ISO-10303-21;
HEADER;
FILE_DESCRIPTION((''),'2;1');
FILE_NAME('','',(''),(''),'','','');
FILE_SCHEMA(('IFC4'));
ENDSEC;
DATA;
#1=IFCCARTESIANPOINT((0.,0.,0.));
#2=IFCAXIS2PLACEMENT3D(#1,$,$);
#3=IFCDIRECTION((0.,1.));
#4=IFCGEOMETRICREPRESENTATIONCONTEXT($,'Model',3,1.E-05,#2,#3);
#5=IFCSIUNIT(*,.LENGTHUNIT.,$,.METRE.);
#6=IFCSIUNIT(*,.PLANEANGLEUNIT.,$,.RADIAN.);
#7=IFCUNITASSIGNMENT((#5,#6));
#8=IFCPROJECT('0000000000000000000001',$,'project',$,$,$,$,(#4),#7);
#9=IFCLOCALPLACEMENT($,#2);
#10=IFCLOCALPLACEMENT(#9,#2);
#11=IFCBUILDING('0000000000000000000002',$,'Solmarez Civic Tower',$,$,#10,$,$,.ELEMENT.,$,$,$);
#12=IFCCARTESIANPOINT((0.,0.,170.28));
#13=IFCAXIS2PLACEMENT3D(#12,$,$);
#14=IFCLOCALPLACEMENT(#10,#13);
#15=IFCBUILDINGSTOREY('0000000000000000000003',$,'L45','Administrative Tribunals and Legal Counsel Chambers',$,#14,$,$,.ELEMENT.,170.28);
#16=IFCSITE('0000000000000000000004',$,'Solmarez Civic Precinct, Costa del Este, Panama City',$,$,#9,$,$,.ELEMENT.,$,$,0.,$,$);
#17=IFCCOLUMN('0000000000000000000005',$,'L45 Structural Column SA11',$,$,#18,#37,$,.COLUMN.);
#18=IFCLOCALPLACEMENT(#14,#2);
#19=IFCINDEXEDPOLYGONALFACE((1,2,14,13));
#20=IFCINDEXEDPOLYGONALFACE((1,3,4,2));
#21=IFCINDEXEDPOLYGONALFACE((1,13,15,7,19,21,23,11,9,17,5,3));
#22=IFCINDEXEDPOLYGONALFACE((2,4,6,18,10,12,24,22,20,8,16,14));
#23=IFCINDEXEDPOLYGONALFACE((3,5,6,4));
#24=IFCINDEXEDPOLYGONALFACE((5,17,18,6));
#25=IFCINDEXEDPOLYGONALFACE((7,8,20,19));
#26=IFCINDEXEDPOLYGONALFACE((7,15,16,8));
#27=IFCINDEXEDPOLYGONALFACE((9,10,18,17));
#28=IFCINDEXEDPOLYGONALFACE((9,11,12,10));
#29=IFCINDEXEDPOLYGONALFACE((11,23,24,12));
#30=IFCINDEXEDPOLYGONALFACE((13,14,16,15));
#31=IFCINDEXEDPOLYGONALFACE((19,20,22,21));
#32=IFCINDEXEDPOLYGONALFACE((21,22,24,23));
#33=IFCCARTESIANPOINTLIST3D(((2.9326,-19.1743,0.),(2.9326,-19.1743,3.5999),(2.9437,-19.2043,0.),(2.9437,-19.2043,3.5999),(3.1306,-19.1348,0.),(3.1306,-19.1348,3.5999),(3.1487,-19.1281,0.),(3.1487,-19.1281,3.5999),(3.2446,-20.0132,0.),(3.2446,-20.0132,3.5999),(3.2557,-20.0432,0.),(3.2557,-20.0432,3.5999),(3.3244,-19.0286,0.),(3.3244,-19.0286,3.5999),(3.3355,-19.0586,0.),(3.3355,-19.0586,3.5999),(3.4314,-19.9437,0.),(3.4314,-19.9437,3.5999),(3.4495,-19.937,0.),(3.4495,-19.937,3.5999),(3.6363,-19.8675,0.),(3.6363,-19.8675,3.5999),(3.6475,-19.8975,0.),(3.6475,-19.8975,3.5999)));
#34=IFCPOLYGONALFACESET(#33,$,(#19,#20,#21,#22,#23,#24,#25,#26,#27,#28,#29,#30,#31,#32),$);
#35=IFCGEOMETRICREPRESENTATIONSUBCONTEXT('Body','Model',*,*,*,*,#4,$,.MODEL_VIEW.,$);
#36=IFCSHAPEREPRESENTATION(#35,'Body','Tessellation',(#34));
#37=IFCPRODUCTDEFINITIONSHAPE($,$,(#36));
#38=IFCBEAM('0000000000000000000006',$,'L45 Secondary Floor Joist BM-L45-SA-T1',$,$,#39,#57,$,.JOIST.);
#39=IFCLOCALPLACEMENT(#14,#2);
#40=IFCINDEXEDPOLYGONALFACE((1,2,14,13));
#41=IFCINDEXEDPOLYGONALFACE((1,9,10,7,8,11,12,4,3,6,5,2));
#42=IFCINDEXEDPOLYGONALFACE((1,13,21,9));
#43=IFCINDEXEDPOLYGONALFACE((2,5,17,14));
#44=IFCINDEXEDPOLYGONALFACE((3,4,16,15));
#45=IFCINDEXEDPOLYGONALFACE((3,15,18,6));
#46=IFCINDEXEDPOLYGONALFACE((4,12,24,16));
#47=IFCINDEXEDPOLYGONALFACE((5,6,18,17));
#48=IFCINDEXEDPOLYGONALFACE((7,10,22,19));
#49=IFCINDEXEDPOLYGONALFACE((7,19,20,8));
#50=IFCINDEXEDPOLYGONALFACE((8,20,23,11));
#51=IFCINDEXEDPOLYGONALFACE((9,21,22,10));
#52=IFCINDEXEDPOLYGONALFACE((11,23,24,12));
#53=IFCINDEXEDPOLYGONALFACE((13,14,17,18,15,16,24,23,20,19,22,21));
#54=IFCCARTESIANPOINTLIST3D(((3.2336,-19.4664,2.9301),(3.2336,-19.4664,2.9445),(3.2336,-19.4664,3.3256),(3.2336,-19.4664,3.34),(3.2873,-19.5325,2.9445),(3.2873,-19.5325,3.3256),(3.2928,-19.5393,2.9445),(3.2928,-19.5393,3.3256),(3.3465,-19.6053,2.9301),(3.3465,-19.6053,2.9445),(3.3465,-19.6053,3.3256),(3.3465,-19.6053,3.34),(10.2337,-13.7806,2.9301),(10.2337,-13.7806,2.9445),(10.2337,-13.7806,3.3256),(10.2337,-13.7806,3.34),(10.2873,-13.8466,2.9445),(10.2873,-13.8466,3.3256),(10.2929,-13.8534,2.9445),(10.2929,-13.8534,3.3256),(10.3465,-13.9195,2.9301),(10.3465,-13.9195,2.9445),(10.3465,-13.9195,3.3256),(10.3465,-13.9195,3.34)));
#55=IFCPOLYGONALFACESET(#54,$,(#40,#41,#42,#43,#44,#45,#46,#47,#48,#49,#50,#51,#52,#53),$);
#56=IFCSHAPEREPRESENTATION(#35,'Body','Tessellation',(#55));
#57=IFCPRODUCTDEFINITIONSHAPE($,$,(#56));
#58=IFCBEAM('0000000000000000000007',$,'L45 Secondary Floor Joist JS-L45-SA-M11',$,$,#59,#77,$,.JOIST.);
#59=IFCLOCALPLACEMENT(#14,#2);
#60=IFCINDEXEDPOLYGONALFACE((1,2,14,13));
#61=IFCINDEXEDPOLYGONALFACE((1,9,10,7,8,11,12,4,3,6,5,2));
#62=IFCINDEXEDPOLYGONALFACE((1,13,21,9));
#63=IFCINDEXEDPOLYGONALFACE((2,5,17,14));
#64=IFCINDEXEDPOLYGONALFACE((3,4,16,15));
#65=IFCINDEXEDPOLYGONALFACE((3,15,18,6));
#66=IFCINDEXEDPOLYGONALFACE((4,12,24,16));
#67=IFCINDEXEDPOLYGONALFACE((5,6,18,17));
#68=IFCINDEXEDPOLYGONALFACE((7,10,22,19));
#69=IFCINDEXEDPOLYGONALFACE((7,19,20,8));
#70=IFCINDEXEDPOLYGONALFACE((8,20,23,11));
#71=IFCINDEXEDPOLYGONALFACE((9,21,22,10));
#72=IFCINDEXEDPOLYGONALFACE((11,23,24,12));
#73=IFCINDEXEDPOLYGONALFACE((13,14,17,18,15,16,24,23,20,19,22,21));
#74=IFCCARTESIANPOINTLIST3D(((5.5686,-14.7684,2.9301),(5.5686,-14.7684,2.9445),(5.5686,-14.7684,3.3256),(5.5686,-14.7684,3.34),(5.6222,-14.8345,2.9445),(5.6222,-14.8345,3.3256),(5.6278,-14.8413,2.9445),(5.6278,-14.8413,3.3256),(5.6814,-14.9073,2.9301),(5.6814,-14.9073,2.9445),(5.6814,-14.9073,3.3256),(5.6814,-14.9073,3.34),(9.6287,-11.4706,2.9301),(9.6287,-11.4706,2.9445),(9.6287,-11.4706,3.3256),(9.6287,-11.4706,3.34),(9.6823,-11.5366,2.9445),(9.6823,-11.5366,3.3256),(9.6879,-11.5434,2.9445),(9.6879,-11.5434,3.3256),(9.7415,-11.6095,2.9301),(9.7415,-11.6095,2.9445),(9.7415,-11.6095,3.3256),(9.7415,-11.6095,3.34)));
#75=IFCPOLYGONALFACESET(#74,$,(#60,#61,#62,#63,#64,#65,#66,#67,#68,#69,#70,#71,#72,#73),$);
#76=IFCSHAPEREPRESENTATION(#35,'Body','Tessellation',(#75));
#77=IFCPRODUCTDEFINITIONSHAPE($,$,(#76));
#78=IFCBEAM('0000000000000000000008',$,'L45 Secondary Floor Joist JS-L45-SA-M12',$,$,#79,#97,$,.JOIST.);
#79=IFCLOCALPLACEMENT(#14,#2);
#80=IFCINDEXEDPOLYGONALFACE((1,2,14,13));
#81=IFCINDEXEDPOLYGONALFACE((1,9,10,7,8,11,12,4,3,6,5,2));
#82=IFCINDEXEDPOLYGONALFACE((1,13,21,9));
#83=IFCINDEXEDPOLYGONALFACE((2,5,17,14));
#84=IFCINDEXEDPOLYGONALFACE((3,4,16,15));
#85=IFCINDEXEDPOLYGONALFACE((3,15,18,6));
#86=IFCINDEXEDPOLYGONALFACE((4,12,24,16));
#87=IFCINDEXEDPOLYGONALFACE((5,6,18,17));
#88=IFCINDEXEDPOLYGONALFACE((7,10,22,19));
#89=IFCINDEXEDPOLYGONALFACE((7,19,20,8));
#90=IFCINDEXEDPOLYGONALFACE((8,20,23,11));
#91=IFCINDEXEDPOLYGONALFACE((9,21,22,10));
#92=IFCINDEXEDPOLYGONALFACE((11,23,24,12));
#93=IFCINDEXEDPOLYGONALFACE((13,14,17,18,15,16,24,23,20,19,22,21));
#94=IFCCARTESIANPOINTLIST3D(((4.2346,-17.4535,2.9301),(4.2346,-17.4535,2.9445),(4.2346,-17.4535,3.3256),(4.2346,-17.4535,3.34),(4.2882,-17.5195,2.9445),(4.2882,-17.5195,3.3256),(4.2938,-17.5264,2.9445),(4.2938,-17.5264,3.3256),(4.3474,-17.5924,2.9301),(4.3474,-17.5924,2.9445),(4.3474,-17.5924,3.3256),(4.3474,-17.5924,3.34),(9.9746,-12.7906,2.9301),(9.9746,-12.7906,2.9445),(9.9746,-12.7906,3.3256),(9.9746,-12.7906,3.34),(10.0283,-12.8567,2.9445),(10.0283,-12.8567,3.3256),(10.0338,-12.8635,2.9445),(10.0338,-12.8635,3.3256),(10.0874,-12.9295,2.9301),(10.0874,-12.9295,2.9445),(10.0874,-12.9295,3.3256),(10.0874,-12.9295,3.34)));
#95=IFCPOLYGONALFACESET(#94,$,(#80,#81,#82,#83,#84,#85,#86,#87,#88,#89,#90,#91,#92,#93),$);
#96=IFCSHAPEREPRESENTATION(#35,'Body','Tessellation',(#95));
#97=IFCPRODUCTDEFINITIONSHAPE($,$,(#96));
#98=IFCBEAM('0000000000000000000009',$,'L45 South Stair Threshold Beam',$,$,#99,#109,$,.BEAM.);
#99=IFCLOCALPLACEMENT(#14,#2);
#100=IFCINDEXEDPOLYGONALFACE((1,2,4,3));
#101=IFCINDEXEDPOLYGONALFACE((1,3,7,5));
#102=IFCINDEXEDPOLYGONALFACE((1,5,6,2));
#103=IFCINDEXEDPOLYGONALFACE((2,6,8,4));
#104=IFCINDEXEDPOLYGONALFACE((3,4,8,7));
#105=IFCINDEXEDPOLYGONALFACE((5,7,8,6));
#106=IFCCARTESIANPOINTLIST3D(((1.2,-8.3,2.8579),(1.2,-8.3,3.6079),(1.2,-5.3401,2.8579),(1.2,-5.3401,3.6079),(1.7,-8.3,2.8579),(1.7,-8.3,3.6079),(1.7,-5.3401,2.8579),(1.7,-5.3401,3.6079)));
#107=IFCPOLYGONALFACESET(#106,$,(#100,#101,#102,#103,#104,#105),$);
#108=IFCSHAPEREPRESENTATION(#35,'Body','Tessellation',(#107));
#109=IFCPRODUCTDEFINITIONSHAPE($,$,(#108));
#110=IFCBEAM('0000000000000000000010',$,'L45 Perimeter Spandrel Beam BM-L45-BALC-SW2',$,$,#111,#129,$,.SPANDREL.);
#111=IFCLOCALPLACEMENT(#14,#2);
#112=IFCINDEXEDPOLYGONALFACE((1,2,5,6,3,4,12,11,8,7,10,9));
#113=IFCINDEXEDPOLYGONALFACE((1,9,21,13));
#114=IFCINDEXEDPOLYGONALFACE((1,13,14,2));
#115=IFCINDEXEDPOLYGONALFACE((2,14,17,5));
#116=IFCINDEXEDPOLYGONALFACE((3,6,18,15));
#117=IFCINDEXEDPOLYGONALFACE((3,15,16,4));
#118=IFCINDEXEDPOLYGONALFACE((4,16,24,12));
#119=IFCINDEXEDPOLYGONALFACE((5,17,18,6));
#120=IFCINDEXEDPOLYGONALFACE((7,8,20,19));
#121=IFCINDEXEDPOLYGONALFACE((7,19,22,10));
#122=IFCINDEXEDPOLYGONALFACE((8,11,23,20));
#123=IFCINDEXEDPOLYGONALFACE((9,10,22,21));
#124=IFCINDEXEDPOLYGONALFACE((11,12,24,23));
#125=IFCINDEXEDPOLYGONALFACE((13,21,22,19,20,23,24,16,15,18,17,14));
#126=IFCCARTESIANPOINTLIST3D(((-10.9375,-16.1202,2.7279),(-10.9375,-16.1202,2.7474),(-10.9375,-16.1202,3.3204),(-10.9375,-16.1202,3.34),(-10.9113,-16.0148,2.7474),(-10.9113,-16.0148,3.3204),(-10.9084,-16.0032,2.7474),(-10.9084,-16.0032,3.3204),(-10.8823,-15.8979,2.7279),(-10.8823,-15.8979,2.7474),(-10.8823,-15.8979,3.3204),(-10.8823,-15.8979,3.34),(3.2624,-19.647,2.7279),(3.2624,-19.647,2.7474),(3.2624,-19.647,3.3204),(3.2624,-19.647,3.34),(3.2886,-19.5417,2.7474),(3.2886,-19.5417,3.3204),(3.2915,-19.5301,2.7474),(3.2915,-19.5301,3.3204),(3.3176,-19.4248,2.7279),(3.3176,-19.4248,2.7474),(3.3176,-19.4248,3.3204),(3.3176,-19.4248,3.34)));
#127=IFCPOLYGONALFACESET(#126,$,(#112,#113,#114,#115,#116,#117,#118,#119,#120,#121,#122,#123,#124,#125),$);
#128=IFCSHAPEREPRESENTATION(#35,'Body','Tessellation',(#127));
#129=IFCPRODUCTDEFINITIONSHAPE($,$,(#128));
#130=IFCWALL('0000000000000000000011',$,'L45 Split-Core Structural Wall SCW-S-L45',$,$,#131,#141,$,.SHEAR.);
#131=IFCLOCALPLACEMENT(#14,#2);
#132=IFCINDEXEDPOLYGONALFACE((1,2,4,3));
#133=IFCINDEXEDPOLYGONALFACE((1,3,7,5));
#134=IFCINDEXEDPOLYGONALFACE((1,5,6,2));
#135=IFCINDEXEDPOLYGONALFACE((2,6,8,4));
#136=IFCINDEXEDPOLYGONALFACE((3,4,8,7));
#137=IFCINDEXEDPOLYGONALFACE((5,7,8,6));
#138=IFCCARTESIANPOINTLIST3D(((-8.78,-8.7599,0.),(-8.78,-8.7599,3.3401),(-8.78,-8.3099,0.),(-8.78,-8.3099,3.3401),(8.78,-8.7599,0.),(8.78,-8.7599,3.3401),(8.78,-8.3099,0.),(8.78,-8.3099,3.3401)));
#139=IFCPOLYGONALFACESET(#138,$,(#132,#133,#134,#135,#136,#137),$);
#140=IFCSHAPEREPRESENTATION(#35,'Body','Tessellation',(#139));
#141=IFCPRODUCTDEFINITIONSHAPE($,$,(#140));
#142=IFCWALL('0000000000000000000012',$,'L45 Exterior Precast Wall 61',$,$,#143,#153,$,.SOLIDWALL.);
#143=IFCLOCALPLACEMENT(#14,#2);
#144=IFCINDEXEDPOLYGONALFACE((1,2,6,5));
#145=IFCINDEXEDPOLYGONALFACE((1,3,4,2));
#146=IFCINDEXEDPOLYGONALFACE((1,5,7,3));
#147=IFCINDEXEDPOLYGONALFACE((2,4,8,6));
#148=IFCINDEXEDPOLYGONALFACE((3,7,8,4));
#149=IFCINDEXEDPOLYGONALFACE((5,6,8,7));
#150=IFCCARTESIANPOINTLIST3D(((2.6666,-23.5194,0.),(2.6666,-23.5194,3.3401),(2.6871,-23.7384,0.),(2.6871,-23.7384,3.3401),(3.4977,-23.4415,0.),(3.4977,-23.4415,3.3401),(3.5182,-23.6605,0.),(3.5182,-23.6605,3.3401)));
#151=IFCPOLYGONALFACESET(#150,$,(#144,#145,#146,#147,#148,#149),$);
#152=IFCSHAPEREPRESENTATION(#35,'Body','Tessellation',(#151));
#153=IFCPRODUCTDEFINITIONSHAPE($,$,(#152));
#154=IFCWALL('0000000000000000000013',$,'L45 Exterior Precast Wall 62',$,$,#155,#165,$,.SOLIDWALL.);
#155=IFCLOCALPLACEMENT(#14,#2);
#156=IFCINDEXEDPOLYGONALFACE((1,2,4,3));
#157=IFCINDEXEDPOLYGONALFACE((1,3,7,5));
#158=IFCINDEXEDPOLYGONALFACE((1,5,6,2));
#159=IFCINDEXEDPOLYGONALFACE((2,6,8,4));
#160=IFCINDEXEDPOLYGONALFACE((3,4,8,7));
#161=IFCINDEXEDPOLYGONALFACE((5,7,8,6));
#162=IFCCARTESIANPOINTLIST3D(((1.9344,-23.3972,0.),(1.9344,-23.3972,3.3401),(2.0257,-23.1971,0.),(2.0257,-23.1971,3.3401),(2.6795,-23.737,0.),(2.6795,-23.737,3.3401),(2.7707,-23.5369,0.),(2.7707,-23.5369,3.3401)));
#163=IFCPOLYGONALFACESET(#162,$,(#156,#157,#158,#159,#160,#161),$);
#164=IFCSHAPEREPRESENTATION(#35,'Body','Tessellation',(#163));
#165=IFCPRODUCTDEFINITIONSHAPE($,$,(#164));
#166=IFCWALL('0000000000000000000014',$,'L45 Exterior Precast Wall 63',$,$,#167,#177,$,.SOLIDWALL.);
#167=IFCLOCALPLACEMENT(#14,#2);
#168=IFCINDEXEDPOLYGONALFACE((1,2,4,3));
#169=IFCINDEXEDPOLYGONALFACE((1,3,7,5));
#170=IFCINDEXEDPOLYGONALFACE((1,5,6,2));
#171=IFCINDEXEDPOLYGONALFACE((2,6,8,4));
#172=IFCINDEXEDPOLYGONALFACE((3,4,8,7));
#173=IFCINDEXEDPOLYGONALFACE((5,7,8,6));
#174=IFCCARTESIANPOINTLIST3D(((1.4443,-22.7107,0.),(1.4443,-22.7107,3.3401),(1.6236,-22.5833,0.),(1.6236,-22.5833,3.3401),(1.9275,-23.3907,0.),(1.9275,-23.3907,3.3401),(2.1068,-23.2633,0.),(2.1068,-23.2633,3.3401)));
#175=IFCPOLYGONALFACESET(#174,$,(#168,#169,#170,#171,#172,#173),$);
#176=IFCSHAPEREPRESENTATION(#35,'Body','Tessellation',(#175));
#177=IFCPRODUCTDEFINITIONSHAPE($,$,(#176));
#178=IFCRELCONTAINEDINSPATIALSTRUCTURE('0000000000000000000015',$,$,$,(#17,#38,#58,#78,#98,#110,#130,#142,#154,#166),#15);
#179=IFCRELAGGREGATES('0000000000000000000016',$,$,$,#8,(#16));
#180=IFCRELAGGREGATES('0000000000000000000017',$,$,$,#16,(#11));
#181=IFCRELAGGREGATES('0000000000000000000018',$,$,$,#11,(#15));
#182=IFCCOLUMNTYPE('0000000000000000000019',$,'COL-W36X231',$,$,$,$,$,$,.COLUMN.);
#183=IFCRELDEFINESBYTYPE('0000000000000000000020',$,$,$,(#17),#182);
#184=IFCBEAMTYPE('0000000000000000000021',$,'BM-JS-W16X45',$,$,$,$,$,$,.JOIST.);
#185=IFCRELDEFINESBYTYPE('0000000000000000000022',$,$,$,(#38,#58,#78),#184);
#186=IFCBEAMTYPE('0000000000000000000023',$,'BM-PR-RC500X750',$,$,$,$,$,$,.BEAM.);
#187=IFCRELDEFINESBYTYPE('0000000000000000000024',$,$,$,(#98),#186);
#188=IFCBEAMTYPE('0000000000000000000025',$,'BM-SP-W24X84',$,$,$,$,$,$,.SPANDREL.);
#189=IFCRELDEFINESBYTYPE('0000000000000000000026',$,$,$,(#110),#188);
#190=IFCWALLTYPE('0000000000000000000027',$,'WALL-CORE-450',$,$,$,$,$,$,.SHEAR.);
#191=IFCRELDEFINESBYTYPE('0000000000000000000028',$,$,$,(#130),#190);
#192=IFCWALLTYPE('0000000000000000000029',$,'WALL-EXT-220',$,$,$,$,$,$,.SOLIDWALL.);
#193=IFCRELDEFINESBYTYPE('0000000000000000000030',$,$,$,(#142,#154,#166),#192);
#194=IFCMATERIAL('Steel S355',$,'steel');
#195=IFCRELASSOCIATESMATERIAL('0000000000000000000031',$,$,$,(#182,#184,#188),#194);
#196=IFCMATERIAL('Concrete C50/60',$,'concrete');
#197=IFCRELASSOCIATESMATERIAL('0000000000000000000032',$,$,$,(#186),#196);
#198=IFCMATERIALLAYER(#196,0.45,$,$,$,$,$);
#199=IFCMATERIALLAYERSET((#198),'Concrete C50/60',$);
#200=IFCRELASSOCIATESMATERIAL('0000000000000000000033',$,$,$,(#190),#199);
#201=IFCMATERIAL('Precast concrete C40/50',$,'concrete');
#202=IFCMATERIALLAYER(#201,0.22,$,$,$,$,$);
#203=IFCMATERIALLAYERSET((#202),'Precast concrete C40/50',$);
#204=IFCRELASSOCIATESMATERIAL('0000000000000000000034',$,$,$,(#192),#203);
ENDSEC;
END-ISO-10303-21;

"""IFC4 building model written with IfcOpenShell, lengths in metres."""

from ifc_helpers import new_model, si_unit, direction, frame, frame_2d, origin, origin_2d, place, context, subcontext, project, spatial, rectangle, i_section, extrude, material, layer, layer_set, material_profile, profile_set, type_object, element, save


model = new_model("IFC4")

# Units and contexts
model_context = context("Model", 3, precision=1e-05, world=origin(), true_north=direction((0.0, 1.0)))
body_context = subcontext(model_context, "Body", "Model", "MODEL_VIEW")
ifc_project = project(units=[si_unit("LENGTHUNIT", "METRE"), si_unit("PLANEANGLEUNIT", "RADIAN")], contexts=[model_context])

# Site, building, storey
site_placement = place(None, origin())
site = spatial("IfcSite", under=ifc_project, at=site_placement, Name="Solmarez Civic Precinct, Costa del Este, Panama City", CompositionType="ELEMENT", RefElevation=0.0)
building_placement = place(site_placement, origin())
building = spatial("IfcBuilding", under=site, at=building_placement, Name="Solmarez Civic Tower", CompositionType="ELEMENT")
storey_placement = place(building_placement, frame((0.0, 0.0, 170.28)))
storey = spatial("IfcBuildingStorey", under=building, at=storey_placement, Name="L45", Description="Administrative Tribunals and Legal Counsel Chambers", CompositionType="ELEMENT", Elevation=170.28)

# Column
ifc_material_1 = material(Name="Steel S355", Category="steel")
ifc_material_profile_1 = material_profile(ifc_material_1, i_section(OverallWidth=0.418, OverallDepth=0.927, WebThickness=0.0193, FlangeThickness=0.032, at=origin_2d()), Name="W36X231")
ifc_profile_set_1 = profile_set([ifc_material_profile_1], Name="Steel S355")
column_type = type_object("IfcColumnType", Name="COL-W36X231", PredefinedType="COLUMN", material=ifc_profile_set_1)
column_placement = place(storey_placement, frame((3.29, -19.5359, 0.0), z_axis=(0.0, 0.0, 1.0), x_axis=(0.937282, 0.348572, 0.0)))
element("IfcColumn", 1, at=column_placement, inside=storey, type_object=column_type, Name="L45 Structural Column SA11", PredefinedType="COLUMN", context=body_context, shape_type="SweptSolid", body=[
    extrude(i_section(OverallWidth=0.418, OverallDepth=0.927, WebThickness=0.0193, FlangeThickness=0.032, at=origin_2d()), origin(), (0.0, 0.0, 1.0), 3.5999),
])

# Beams
ifc_material_profile_2 = material_profile(ifc_material_1, i_section(OverallWidth=0.179, OverallDepth=0.4099, WebThickness=0.0088, FlangeThickness=0.0144, at=origin_2d()), Name="W16X45")
ifc_profile_set_2 = profile_set([ifc_material_profile_2], Name="Steel S355")
beam_type_1 = type_object("IfcBeamType", Name="BM-JS-W16X45", PredefinedType="JOIST", material=ifc_profile_set_2)
beam_1_placement = place(storey_placement, frame((3.29, -19.5359, 3.135), z_axis=(0.776207, 0.630478, 0.0), x_axis=(-0.630478, 0.776207, 0.0)))
element("IfcBeam", 2, at=beam_1_placement, inside=storey, type_object=beam_type_1, Name="L45 Secondary Floor Joist BM-L45-SA-T1", PredefinedType="JOIST", context=body_context, shape_type="SweptSolid", body=[
    extrude(i_section(OverallWidth=0.179, OverallDepth=0.4099, WebThickness=0.0088, FlangeThickness=0.0144, at=origin_2d()), origin(), (0.0, 0.0, 1.0), 9.0183),
])
beam_2_placement = place(storey_placement, frame((5.625, -14.8379, 3.135), z_axis=(0.776203, 0.630484, 0.0), x_axis=(-0.630484, 0.776203, 0.0)))
element("IfcBeam", 3, at=beam_2_placement, inside=storey, type_object=beam_type_1, Name="L45 Secondary Floor Joist JS-L45-SA-M11", PredefinedType="JOIST", context=body_context, shape_type="SweptSolid", body=[
    extrude(i_section(OverallWidth=0.179, OverallDepth=0.4099, WebThickness=0.0088, FlangeThickness=0.0144, at=origin_2d()), origin(), (0.0, 0.0, 1.0), 5.2307),
])
beam_3_placement = place(storey_placement, frame((4.291, -17.5229, 3.135), z_axis=(0.776174, 0.630519, 0.0), x_axis=(-0.630519, 0.776174, 0.0)))
element("IfcBeam", 4, at=beam_3_placement, inside=storey, type_object=beam_type_1, Name="L45 Secondary Floor Joist JS-L45-SA-M12", PredefinedType="JOIST", context=body_context, shape_type="SweptSolid", body=[
    extrude(i_section(OverallWidth=0.179, OverallDepth=0.4099, WebThickness=0.0088, FlangeThickness=0.0144, at=origin_2d()), origin(), (0.0, 0.0, 1.0), 7.3953),
])
ifc_material_2 = material(Name="Concrete C50/60", Category="concrete")
ifc_material_profile_3 = material_profile(ifc_material_2, rectangle(XDim=0.5, YDim=0.75, at=origin_2d()), Name="RC500X750")
ifc_profile_set_3 = profile_set([ifc_material_profile_3], Name="Concrete C50/60")
beam_type_2 = type_object("IfcBeamType", Name="BM-PR-RC500X750", PredefinedType="BEAM", material=ifc_profile_set_3)
beam_4_placement = place(storey_placement, frame((1.45, -8.3, 3.2329), z_axis=(0.0, 1.0, 0.0), x_axis=(-1.0, 0.0, 0.0)))
element("IfcBeam", 5, at=beam_4_placement, inside=storey, type_object=beam_type_2, Name="L45 South Stair Threshold Beam", PredefinedType="BEAM", context=body_context, shape_type="SweptSolid", body=[
    extrude(rectangle(XDim=0.5, YDim=0.75, at=origin_2d()), origin(), (0.0, 0.0, 1.0), 2.96),
])
ifc_material_profile_4 = material_profile(ifc_material_1, i_section(OverallWidth=0.229, OverallDepth=0.6121, WebThickness=0.012, FlangeThickness=0.0195, at=origin_2d()), Name="W24X84")
ifc_profile_set_4 = profile_set([ifc_material_profile_4], Name="Steel S355")
beam_type_3 = type_object("IfcBeamType", Name="BM-SP-W24X84", PredefinedType="SPANDREL", material=ifc_profile_set_4)
beam_5_placement = place(storey_placement, frame((3.29, -19.5359, 3.0339), z_axis=(-0.970513, 0.241047, 0.0), x_axis=(-0.241047, -0.970513, 0.0)))
element("IfcBeam", 6, at=beam_5_placement, inside=storey, type_object=beam_type_3, Name="L45 Perimeter Spandrel Beam BM-L45-BALC-SW2", PredefinedType="SPANDREL", context=body_context, shape_type="SweptSolid", body=[
    extrude(i_section(OverallWidth=0.229, OverallDepth=0.6121, WebThickness=0.012, FlangeThickness=0.0195, at=origin_2d()), origin(), (0.0, 0.0, 1.0), 14.6313),
])

# Walls
ifc_layer_1 = layer(ifc_material_2, 0.45)
ifc_layer_set_1 = layer_set([ifc_layer_1], Name="Concrete C50/60")
wall_type_1 = type_object("IfcWallType", Name="WALL-CORE-450", PredefinedType="SHEAR", material=ifc_layer_set_1)
wall_1_placement = place(storey_placement, frame((8.78, -8.5349, 0.0), z_axis=(0.0, 0.0, 1.0), x_axis=(-1.0, 0.0, 0.0)))
element("IfcWall", 7, at=wall_1_placement, inside=storey, type_object=wall_type_1, Name="L45 Split-Core Structural Wall SCW-S-L45", PredefinedType="SHEAR", context=body_context, shape_type="SweptSolid", body=[
    extrude(rectangle(XDim=17.5601, YDim=0.45, at=frame_2d((8.78, 0.0))), origin(), (0.0, 0.0, 1.0), 3.3401),
])
ifc_material_3 = material(Name="Precast concrete C40/50", Category="concrete")
ifc_layer_2 = layer(ifc_material_3, 0.22)
ifc_layer_set_2 = layer_set([ifc_layer_2], Name="Precast concrete C40/50")
wall_type_2 = type_object("IfcWallType", Name="WALL-EXT-220", PredefinedType="SOLIDWALL", material=ifc_layer_set_2)
wall_2_placement = place(storey_placement, frame((3.5081, -23.551, 0.0), z_axis=(0.0, 0.0, 1.0), x_axis=(-0.995638, -0.093304, 0.0)))
element("IfcWall", 8, at=wall_2_placement, inside=storey, type_object=wall_type_2, Name="L45 Exterior Precast Wall 61", PredefinedType="SOLIDWALL", context=body_context, shape_type="SweptSolid", body=[
    extrude(rectangle(XDim=0.8347, YDim=0.22, at=frame_2d((0.4175, 0.0))), origin(), (0.0, 0.0, 1.0), 3.3401),
])
wall_3_placement = place(storey_placement, frame((2.7251, -23.637, 0.0), z_axis=(0.0, 0.0, 1.0), x_axis=(-0.909835, 0.414971, 0.0)))
element("IfcWall", 9, at=wall_3_placement, inside=storey, type_object=wall_type_2, Name="L45 Exterior Precast Wall 62", PredefinedType="SOLIDWALL", context=body_context, shape_type="SweptSolid", body=[
    extrude(rectangle(XDim=0.8188, YDim=0.22, at=frame_2d((0.4094, 0.0))), origin(), (0.0, 0.0, 1.0), 3.3401),
])
wall_4_placement = place(storey_placement, frame((2.0171, -23.3269, 0.0), z_axis=(0.0, 0.0, 1.0), x_axis=(-0.579243, 0.815155, 0.0)))
element("IfcWall", 10, at=wall_4_placement, inside=storey, type_object=wall_type_2, Name="L45 Exterior Precast Wall 63", PredefinedType="SOLIDWALL", context=body_context, shape_type="SweptSolid", body=[
    extrude(rectangle(XDim=0.8342, YDim=0.22, at=frame_2d((0.417, 0.0))), origin(), (0.0, 0.0, 1.0), 3.3401),
])

save(model, "model.ifc")
